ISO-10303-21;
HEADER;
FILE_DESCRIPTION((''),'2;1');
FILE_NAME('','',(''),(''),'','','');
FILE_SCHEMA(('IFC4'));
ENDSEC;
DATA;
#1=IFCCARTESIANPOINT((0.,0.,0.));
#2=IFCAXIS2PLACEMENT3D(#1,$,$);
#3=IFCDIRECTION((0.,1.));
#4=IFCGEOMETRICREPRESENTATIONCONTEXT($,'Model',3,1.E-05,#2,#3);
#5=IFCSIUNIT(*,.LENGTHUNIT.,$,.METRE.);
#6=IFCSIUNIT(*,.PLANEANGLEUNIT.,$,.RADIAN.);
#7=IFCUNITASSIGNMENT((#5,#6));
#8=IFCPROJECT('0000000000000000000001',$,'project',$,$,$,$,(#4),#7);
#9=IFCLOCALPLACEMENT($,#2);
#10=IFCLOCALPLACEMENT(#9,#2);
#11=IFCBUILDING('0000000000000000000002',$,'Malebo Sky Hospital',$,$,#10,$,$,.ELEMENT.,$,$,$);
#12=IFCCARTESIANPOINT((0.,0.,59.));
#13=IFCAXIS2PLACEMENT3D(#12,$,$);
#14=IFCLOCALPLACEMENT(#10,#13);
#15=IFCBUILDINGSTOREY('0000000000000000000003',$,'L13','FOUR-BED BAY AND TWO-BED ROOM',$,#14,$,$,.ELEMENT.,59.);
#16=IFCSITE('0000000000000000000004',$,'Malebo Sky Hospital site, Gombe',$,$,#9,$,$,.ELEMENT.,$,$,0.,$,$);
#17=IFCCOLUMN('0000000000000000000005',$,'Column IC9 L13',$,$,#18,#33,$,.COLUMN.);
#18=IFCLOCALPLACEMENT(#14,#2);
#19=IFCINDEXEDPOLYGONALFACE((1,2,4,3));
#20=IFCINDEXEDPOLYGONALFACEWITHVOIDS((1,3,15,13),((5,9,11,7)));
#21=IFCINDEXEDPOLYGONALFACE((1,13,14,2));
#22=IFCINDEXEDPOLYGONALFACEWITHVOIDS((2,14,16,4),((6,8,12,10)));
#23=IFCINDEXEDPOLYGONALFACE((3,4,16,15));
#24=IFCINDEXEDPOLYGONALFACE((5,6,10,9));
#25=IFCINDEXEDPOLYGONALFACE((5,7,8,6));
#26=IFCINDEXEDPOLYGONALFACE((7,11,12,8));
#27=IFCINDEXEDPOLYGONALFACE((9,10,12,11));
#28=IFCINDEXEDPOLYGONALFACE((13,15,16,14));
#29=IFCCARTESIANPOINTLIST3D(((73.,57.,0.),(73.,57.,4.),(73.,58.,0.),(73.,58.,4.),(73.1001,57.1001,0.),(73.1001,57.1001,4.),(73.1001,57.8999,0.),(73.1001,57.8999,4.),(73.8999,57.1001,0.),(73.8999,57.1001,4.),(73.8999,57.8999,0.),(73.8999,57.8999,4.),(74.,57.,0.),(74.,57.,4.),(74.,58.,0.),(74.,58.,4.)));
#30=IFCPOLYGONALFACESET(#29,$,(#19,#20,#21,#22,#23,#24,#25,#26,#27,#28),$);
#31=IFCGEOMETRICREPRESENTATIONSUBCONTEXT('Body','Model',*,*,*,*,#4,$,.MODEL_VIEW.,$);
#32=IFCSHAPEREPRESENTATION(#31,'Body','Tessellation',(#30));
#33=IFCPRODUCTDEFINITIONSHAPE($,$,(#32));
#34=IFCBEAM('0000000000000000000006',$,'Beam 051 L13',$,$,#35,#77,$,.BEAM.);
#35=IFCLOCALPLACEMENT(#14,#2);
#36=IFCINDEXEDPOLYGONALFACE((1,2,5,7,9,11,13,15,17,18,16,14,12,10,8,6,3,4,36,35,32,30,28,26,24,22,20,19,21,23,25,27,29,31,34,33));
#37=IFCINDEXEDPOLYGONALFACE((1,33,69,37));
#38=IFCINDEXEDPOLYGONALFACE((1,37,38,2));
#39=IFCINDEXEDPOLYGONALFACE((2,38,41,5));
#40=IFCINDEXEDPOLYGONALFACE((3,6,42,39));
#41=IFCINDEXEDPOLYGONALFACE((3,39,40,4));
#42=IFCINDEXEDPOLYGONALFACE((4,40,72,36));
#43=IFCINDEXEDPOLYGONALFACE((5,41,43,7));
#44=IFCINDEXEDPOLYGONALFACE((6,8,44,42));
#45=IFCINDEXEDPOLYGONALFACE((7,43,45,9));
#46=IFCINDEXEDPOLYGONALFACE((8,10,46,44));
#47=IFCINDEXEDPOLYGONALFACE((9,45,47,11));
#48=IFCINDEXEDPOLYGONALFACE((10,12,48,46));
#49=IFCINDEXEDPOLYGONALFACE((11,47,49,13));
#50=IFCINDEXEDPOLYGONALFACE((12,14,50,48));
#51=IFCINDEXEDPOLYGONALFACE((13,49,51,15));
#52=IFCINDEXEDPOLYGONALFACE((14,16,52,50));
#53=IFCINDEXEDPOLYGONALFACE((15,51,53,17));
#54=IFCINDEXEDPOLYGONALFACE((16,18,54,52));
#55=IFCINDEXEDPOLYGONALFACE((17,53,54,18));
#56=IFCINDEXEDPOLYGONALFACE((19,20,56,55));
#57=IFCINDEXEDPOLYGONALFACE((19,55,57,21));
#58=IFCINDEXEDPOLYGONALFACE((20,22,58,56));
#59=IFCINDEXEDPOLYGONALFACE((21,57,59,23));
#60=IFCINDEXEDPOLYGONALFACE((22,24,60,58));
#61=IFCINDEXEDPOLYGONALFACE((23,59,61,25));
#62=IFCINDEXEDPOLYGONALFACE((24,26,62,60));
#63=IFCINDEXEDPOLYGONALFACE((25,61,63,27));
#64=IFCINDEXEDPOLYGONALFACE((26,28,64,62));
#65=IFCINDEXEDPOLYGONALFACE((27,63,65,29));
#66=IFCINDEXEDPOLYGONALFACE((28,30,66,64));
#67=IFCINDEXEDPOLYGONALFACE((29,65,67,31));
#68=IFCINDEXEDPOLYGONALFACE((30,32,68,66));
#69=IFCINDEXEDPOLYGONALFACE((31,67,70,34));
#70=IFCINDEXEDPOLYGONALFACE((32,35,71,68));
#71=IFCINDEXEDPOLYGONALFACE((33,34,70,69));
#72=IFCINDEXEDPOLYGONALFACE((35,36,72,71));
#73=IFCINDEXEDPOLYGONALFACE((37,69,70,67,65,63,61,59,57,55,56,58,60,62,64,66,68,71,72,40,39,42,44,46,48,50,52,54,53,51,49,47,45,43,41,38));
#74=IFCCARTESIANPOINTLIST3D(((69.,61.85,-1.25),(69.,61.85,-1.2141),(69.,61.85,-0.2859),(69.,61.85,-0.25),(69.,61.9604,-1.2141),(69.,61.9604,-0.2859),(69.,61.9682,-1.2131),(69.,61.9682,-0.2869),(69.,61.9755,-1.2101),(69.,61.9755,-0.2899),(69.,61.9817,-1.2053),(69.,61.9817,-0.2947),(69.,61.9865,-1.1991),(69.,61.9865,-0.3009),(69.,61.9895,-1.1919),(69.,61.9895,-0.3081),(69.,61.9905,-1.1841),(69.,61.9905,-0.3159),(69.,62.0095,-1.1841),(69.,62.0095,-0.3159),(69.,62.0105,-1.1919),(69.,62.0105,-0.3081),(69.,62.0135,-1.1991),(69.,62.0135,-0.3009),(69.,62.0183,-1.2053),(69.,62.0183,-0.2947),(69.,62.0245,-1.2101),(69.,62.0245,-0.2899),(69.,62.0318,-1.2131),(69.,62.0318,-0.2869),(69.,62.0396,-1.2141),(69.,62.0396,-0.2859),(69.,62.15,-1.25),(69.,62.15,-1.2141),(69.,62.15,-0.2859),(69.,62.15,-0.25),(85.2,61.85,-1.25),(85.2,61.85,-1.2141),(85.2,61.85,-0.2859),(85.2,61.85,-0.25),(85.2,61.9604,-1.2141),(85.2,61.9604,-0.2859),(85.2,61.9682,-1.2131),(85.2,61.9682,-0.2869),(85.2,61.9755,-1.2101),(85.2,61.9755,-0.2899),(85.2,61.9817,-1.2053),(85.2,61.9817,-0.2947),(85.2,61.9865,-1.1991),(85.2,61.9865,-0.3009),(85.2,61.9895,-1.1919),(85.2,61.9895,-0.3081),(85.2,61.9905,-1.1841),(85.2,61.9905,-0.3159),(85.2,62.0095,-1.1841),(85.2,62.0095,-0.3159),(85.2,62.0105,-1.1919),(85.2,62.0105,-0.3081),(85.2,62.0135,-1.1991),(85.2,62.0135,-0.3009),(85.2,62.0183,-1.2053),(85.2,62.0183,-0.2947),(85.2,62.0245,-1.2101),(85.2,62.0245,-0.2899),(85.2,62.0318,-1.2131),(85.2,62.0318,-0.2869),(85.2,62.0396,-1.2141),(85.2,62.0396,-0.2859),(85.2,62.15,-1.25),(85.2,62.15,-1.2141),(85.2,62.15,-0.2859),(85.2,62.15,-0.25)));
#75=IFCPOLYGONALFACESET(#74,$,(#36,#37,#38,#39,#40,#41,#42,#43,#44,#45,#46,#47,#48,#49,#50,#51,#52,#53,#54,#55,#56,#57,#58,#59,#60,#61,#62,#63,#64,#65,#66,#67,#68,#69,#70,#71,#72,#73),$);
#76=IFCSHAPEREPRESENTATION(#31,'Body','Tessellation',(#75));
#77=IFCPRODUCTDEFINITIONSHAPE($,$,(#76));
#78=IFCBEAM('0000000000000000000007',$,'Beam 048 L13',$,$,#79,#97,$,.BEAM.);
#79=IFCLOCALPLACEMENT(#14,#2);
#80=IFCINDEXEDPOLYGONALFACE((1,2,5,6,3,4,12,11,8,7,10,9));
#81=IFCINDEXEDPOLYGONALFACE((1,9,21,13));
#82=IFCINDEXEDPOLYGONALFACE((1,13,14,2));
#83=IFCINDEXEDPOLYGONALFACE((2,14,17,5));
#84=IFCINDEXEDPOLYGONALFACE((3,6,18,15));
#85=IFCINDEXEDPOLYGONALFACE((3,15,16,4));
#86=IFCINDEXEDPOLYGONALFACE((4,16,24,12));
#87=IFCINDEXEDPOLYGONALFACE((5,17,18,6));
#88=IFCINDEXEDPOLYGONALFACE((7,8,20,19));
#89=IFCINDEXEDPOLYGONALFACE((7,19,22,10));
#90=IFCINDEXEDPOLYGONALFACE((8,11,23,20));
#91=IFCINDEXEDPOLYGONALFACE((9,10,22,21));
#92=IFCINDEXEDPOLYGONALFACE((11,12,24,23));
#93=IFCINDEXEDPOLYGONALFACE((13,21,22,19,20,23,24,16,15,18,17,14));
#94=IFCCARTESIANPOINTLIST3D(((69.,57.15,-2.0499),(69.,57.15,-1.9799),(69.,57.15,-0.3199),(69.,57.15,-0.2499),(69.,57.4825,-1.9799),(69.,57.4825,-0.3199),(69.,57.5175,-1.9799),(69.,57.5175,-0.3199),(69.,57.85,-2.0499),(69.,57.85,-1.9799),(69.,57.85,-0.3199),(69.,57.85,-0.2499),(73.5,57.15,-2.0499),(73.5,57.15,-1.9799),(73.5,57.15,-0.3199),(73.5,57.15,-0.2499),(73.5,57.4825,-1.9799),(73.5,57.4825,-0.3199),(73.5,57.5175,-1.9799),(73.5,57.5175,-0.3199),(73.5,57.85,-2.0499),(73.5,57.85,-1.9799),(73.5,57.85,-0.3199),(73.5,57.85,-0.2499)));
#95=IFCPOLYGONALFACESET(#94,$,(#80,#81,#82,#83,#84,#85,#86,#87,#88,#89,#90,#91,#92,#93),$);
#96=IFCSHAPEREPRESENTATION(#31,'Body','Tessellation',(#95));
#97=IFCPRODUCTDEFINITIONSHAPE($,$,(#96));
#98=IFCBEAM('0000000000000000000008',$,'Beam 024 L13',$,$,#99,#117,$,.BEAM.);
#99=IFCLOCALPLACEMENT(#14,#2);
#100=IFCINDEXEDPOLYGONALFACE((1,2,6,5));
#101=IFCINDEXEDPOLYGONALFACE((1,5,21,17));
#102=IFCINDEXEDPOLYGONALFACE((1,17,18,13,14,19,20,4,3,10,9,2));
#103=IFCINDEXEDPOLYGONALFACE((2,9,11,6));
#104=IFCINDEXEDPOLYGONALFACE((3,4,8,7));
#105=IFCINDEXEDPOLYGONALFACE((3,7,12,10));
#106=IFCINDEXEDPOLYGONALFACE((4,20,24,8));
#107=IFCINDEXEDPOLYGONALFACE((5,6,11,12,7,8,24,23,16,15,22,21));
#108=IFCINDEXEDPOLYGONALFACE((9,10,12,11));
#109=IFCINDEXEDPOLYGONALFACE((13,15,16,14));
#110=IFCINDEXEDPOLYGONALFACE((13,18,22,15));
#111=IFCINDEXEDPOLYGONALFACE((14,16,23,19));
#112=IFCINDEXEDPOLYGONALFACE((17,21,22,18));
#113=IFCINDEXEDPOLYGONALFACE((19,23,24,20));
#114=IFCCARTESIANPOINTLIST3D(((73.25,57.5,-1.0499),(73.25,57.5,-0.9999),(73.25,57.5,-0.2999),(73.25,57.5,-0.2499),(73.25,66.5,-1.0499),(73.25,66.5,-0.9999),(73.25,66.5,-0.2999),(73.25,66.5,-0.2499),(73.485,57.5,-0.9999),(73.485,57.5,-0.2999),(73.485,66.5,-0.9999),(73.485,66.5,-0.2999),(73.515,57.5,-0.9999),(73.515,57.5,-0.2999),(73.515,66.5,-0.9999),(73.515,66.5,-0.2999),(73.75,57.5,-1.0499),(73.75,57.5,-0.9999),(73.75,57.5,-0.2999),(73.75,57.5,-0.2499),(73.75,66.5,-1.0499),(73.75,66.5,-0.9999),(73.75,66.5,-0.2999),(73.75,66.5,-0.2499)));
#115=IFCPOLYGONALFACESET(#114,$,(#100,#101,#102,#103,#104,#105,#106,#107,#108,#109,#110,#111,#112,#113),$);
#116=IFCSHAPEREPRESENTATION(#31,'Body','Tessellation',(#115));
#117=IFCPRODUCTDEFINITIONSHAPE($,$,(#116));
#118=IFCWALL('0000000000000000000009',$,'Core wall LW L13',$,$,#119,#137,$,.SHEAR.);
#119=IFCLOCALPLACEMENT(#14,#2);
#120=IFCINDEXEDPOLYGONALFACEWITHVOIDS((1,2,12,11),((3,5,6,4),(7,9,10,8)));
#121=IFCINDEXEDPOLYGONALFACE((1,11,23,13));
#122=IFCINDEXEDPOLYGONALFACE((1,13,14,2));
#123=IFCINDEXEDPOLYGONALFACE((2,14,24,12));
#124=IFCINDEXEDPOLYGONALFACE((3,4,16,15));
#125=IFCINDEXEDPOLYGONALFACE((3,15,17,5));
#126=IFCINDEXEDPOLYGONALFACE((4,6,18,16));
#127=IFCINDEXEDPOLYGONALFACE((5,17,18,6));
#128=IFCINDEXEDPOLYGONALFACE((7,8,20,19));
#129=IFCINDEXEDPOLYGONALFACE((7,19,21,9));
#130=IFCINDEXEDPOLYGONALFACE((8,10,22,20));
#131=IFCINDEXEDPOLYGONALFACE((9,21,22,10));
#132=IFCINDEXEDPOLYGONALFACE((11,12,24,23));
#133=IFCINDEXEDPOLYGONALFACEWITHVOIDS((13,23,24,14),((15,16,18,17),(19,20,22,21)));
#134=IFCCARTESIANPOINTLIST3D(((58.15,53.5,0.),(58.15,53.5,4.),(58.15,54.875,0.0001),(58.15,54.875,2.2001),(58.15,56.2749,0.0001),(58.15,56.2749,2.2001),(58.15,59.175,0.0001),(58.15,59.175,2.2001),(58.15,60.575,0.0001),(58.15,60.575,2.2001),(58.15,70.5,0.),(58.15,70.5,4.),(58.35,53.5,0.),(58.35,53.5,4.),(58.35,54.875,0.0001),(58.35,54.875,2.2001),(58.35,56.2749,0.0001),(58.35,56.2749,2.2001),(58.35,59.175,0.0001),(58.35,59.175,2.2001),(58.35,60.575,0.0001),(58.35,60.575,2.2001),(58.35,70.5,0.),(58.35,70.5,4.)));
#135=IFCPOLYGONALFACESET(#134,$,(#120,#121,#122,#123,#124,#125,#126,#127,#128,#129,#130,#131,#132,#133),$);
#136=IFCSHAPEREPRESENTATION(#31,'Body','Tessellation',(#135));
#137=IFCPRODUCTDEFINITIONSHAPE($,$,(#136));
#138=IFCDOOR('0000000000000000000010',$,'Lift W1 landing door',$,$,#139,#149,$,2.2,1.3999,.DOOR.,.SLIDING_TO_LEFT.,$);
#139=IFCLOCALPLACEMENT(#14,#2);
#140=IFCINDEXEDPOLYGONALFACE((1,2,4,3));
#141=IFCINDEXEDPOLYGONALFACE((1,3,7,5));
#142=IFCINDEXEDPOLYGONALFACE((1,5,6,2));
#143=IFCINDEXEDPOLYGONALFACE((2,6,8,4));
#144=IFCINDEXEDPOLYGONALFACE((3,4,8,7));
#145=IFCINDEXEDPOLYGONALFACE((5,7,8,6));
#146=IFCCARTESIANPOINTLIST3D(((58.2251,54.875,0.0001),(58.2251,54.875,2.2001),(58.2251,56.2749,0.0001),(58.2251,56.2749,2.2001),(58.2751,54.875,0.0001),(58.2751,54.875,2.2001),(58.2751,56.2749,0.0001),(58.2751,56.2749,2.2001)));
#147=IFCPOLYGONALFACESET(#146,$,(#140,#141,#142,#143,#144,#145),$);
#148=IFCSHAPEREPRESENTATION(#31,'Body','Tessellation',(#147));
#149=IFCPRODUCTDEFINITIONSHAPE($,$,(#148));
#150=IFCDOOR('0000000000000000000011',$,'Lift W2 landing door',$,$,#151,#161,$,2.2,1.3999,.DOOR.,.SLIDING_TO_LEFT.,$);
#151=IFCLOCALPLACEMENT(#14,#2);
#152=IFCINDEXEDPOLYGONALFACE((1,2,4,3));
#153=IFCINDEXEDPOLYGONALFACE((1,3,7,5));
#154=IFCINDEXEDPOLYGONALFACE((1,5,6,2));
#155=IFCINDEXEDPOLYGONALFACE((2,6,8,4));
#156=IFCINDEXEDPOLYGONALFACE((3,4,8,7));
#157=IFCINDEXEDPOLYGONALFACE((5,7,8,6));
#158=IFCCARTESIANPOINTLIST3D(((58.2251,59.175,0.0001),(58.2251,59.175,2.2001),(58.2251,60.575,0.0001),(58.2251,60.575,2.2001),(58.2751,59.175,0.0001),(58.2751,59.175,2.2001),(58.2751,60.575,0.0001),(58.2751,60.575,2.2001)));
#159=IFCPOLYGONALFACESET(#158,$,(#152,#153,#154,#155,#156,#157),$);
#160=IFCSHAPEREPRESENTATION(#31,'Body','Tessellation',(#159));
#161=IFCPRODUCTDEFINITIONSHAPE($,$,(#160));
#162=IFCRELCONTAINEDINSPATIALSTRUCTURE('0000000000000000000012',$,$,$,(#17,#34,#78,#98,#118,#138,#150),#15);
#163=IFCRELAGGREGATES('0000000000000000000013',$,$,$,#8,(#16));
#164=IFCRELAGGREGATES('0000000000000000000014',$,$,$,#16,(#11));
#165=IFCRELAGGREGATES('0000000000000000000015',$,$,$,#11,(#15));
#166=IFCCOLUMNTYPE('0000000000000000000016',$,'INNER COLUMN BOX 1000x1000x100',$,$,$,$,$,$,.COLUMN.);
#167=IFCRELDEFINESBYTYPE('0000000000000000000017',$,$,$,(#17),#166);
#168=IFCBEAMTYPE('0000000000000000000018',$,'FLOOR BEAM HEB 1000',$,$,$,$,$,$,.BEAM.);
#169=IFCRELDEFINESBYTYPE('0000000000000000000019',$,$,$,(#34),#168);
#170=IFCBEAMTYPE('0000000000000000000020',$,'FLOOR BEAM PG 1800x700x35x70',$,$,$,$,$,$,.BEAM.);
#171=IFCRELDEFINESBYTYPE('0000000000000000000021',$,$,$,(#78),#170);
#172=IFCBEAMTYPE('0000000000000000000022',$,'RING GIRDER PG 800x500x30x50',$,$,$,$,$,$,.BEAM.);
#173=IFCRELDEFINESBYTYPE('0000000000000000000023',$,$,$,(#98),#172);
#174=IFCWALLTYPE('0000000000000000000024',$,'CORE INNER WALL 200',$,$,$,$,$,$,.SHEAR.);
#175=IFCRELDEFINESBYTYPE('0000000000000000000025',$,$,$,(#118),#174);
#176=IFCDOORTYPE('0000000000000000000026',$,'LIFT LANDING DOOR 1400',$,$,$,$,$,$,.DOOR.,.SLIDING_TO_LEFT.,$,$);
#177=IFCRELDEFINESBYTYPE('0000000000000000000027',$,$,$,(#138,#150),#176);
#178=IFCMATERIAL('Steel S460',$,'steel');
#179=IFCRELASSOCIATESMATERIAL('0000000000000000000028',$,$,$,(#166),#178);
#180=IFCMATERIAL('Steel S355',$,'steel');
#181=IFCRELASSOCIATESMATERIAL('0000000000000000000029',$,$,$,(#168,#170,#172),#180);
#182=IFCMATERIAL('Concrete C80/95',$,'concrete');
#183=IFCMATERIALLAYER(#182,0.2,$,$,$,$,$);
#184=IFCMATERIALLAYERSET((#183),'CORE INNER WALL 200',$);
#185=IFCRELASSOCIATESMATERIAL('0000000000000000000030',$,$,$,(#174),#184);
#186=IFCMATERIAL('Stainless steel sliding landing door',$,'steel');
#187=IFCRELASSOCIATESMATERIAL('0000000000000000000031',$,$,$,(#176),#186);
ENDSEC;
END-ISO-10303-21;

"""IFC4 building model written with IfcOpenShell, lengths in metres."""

from ifc_helpers import new_model, si_unit, direction, frame, frame_2d, origin, origin_2d, place, context, subcontext, project, spatial, rectangle, hollow_rectangle, i_section, extrude, material, layer, layer_set, material_profile, profile_set, type_object, element, fill, save


model = new_model("IFC4")

# Units and contexts
model_context = context("Model", 3, precision=1e-05, world=origin(), true_north=direction((0.0, 1.0)))
body_context = subcontext(model_context, "Body", "Model", "MODEL_VIEW")
ifc_project = project(units=[si_unit("LENGTHUNIT", "METRE"), si_unit("PLANEANGLEUNIT", "RADIAN")], contexts=[model_context])

# Site, building, storey
site_placement = place(None, origin())
site = spatial("IfcSite", under=ifc_project, at=site_placement, Name="Malebo Sky Hospital site, Gombe", CompositionType="ELEMENT", RefElevation=0.0)
building_placement = place(site_placement, origin())
building = spatial("IfcBuilding", under=site, at=building_placement, Name="Malebo Sky Hospital", CompositionType="ELEMENT")
storey_placement = place(building_placement, frame((0.0, 0.0, 59.0)))
storey = spatial("IfcBuildingStorey", under=building, at=storey_placement, Name="L13", Description="FOUR-BED BAY AND TWO-BED ROOM", CompositionType="ELEMENT", Elevation=59.0)

# Column
ifc_material_1 = material(Name="Steel S460", Category="steel")
ifc_material_profile_1 = material_profile(ifc_material_1, hollow_rectangle(XDim=1.0, YDim=1.0, WallThickness=0.1001, at=origin_2d()), Name="BOX 1000x1000x100")
ifc_profile_set_1 = profile_set([ifc_material_profile_1], Name="Steel S460")
column_type = type_object("IfcColumnType", Name="INNER COLUMN BOX 1000x1000x100", PredefinedType="COLUMN", material=ifc_profile_set_1)
column_placement = place(storey_placement, frame((73.5, 57.5, 0.0), z_axis=(0.0, 0.0, 1.0), x_axis=(1.0, 0.0, 0.0)))
element("IfcColumn", 1, at=column_placement, inside=storey, type_object=column_type, Name="Column IC9 L13", PredefinedType="COLUMN", context=body_context, shape_type="SweptSolid", body=[
    extrude(hollow_rectangle(XDim=1.0, YDim=1.0, WallThickness=0.1001, at=origin_2d()), origin(), (0.0, 0.0, 1.0), 4.0),
])

# Beams
ifc_material_2 = material(Name="Steel S355", Category="steel")
ifc_material_profile_2 = material_profile(ifc_material_2, i_section(OverallWidth=0.3, OverallDepth=1.0, WebThickness=0.019, FlangeThickness=0.0359, FilletRadius=0.03, at=origin_2d()), Name="HEB 1000")
ifc_profile_set_2 = profile_set([ifc_material_profile_2], Name="Steel S355")
beam_type_1 = type_object("IfcBeamType", Name="FLOOR BEAM HEB 1000", PredefinedType="BEAM", material=ifc_profile_set_2)
beam_1_placement = place(storey_placement, frame((69.0, 62.0, -0.75), z_axis=(1.0, 0.0, 0.0), x_axis=(0.0, 1.0, 0.0)))
element("IfcBeam", 2, at=beam_1_placement, inside=storey, type_object=beam_type_1, Name="Beam 051 L13", PredefinedType="BEAM", context=body_context, shape_type="SweptSolid", body=[
    extrude(i_section(OverallWidth=0.3, OverallDepth=1.0, WebThickness=0.019, FlangeThickness=0.0359, FilletRadius=0.03, at=origin_2d()), origin(), (0.0, 0.0, 1.0), 16.2),
])
ifc_material_profile_3 = material_profile(ifc_material_2, i_section(OverallWidth=0.7, OverallDepth=1.8, WebThickness=0.0349, FlangeThickness=0.0701, at=origin_2d()), Name="PG 1800x700x35x70")
ifc_profile_set_3 = profile_set([ifc_material_profile_3], Name="Steel S355")
beam_type_2 = type_object("IfcBeamType", Name="FLOOR BEAM PG 1800x700x35x70", PredefinedType="BEAM", material=ifc_profile_set_3)
beam_2_placement = place(storey_placement, frame((69.0, 57.5, -1.1499), z_axis=(1.0, 0.0, 0.0), x_axis=(0.0, 1.0, 0.0)))
element("IfcBeam", 3, at=beam_2_placement, inside=storey, type_object=beam_type_2, Name="Beam 048 L13", PredefinedType="BEAM", context=body_context, shape_type="SweptSolid", body=[
    extrude(i_section(OverallWidth=0.7, OverallDepth=1.8, WebThickness=0.0349, FlangeThickness=0.0701, at=origin_2d()), origin(), (0.0, 0.0, 1.0), 4.5),
])
ifc_material_profile_4 = material_profile(ifc_material_2, i_section(OverallWidth=0.5, OverallDepth=0.8, WebThickness=0.03, FlangeThickness=0.05, at=origin_2d()), Name="PG 800x500x30x50")
ifc_profile_set_4 = profile_set([ifc_material_profile_4], Name="Steel S355")
beam_type_3 = type_object("IfcBeamType", Name="RING GIRDER PG 800x500x30x50", PredefinedType="BEAM", material=ifc_profile_set_4)
beam_3_placement = place(storey_placement, frame((73.5, 57.5, -0.6499), z_axis=(0.0, 1.0, 0.0), x_axis=(-1.0, 0.0, 0.0)))
element("IfcBeam", 4, at=beam_3_placement, inside=storey, type_object=beam_type_3, Name="Beam 024 L13", PredefinedType="BEAM", context=body_context, shape_type="SweptSolid", body=[
    extrude(i_section(OverallWidth=0.5, OverallDepth=0.8, WebThickness=0.03, FlangeThickness=0.05, at=origin_2d()), origin(), (0.0, 0.0, 1.0), 9.0),
])

# Wall, openings, doors
ifc_material_3 = material(Name="Concrete C80/95", Category="concrete")
ifc_layer_1 = layer(ifc_material_3, 0.2)
ifc_layer_set_1 = layer_set([ifc_layer_1], Name="CORE INNER WALL 200")
wall_type_1 = type_object("IfcWallType", Name="CORE INNER WALL 200", PredefinedType="SHEAR", material=ifc_layer_set_1)
wall_1_placement = place(storey_placement, frame((58.25, 53.5, 0.0), z_axis=(0.0, 0.0, 1.0), x_axis=(0.0, 1.0, 0.0)))
wall_1 = element("IfcWall", 5, at=wall_1_placement, inside=storey, type_object=wall_type_1, Name="Core wall LW L13", PredefinedType="SHEAR", context=body_context, shape_type="SweptSolid", body=[
    extrude(rectangle(XDim=17.0, YDim=0.2, at=frame_2d((8.5, 0.0))), origin(), (0.0, 0.0, 1.0), 4.0),
])
opening_1_placement = place(wall_1_placement, frame((1.375, 0.0, 0.0)))
opening_1 = element("IfcOpeningElement", 6, at=opening_1_placement, cuts=wall_1, PredefinedType="OPENING", context=body_context, shape_type="SweptSolid", body=[
    extrude(rectangle(XDim=1.3999, YDim=2.2, at=frame_2d((0.7, 1.1001))), frame((0.0, 0.1099, 0.0), z_axis=(0.0, -1.0, 0.0), x_axis=(1.0, 0.0, 0.0)), (0.0, 0.0, 1.0), 0.22),
])
opening_2_placement = place(wall_1_placement, frame((5.675, 0.0, 0.0)))
opening_2 = element("IfcOpeningElement", 7, at=opening_2_placement, cuts=wall_1, PredefinedType="OPENING", context=body_context, shape_type="SweptSolid", body=[
    extrude(rectangle(XDim=1.3999, YDim=2.2, at=frame_2d((0.7, 1.1001))), frame((0.0, 0.1099, 0.0), z_axis=(0.0, -1.0, 0.0), x_axis=(1.0, 0.0, 0.0)), (0.0, 0.0, 1.0), 0.22),
])
ifc_material_4 = material(Name="Stainless steel sliding landing door", Category="steel")
door_type_1 = type_object("IfcDoorType", Name="LIFT LANDING DOOR 1400", OperationType="SLIDING_TO_LEFT", PredefinedType="DOOR", material=ifc_material_4)
door_1_placement = place(opening_1_placement, origin())
door_1 = element("IfcDoor", 8, at=door_1_placement, inside=storey, type_object=door_type_1, Name="Lift W1 landing door", OperationType="SLIDING_TO_LEFT", OverallHeight=2.2, OverallWidth=1.3999, PredefinedType="DOOR", context=body_context, shape_type="SweptSolid", body=[
    extrude(rectangle(XDim=1.3999, YDim=2.2, at=frame_2d((0.7, 1.1001))), frame((0.0, 0.0249, 0.0), z_axis=(0.0, -1.0, 0.0), x_axis=(1.0, 0.0, 0.0)), (0.0, 0.0, 1.0), 0.05),
])
fill(opening_1, door_1)
door_2_placement = place(opening_2_placement, origin())
door_2 = element("IfcDoor", 9, at=door_2_placement, inside=storey, type_object=door_type_1, Name="Lift W2 landing door", OperationType="SLIDING_TO_LEFT", OverallHeight=2.2, OverallWidth=1.3999, PredefinedType="DOOR", context=body_context, shape_type="SweptSolid", body=[
    extrude(rectangle(XDim=1.3999, YDim=2.2, at=frame_2d((0.7, 1.1001))), frame((0.0, 0.0249, 0.0), z_axis=(0.0, -1.0, 0.0), x_axis=(1.0, 0.0, 0.0)), (0.0, 0.0, 1.0), 0.05),
])
fill(opening_2, door_2)

save(model, "model.ifc")
